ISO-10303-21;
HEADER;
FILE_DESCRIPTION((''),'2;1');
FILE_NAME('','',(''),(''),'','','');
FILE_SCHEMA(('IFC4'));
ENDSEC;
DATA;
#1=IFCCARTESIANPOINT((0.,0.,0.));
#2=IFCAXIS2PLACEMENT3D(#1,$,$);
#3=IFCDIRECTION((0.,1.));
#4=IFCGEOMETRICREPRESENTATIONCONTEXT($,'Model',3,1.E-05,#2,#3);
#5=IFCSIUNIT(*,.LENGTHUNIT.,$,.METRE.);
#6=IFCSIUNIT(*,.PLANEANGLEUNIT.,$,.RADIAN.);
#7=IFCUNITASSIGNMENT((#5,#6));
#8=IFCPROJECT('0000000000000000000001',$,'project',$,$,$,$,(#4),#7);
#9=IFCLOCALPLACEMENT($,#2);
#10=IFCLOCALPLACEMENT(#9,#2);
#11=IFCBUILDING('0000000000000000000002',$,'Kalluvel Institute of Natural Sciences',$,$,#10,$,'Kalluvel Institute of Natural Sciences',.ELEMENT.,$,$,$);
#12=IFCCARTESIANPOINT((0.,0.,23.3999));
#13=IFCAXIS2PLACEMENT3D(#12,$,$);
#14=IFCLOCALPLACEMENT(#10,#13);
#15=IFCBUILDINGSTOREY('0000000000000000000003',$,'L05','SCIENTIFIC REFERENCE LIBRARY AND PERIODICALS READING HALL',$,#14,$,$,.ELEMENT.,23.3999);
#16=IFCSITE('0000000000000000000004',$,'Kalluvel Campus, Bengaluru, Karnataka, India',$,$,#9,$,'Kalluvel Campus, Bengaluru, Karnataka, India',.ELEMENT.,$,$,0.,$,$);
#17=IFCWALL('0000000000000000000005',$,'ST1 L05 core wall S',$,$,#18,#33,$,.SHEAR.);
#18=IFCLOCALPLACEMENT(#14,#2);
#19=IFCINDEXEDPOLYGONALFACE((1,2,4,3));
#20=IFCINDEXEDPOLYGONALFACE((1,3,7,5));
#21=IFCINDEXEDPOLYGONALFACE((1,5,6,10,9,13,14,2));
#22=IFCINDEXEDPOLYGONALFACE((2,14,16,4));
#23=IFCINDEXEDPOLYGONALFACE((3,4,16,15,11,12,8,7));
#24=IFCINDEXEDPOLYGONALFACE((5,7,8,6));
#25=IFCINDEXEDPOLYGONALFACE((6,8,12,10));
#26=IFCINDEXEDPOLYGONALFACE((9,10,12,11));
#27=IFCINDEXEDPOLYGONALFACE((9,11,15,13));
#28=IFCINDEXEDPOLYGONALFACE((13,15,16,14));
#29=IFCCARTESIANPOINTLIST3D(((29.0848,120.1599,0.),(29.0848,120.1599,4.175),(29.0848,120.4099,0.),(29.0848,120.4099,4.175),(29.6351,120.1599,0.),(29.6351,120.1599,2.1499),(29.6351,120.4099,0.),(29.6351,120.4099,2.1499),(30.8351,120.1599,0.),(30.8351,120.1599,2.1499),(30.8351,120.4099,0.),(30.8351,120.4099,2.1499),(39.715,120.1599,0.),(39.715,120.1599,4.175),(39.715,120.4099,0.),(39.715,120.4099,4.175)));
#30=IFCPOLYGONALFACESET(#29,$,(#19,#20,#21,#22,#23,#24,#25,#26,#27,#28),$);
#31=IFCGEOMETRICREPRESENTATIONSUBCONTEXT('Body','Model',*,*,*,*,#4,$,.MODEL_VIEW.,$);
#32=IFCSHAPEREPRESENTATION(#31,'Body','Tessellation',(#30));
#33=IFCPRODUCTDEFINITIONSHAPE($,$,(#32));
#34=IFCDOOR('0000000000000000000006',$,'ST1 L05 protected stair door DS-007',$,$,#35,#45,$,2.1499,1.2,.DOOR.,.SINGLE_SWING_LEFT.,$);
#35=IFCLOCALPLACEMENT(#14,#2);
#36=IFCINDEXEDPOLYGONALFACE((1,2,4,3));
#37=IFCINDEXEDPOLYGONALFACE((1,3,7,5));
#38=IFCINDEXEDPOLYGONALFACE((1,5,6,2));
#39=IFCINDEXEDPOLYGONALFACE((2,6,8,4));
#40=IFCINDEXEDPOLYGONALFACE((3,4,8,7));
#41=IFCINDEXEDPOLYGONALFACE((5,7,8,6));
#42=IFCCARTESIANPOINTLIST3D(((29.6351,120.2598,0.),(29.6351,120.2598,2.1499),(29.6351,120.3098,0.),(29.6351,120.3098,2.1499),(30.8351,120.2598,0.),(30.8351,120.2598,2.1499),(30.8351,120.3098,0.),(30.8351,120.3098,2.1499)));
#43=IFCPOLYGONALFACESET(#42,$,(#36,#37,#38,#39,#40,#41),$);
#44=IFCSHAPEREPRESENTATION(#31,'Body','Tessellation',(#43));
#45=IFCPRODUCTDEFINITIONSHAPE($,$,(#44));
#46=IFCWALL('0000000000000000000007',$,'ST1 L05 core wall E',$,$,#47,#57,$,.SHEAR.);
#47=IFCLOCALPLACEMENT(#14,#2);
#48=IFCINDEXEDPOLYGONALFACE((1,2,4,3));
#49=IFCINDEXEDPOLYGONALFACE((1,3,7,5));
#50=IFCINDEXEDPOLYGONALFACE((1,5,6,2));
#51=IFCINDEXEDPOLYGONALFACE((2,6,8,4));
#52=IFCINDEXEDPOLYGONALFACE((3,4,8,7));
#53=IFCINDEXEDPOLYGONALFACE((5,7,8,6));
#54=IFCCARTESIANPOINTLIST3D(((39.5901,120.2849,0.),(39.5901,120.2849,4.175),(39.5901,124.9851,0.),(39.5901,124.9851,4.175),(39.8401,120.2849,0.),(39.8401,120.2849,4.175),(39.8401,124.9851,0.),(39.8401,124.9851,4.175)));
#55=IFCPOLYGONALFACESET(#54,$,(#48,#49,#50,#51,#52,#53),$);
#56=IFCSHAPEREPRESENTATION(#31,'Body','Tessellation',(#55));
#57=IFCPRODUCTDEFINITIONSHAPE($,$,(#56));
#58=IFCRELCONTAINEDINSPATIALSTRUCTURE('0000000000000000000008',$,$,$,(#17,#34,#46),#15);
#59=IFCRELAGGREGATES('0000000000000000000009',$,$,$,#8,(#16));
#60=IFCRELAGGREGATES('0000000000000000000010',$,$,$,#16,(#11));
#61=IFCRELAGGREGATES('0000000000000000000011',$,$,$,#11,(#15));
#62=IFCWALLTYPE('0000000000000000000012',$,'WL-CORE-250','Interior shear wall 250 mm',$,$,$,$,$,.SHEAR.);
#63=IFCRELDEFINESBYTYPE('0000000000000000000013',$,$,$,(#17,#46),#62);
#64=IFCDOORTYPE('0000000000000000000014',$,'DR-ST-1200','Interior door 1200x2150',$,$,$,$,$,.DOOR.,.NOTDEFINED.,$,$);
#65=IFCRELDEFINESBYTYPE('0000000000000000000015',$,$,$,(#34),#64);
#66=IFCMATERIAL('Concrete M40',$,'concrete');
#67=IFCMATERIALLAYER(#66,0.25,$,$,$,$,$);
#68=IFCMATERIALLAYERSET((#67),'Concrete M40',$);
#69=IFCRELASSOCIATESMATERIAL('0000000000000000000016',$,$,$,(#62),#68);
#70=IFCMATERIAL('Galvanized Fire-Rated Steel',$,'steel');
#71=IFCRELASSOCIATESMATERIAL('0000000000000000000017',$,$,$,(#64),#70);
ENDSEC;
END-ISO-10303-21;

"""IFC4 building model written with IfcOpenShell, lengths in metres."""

from ifc_helpers import new_model, si_unit, direction, frame, frame_2d, origin, place, context, subcontext, project, spatial, rectangle, extrude, material, layer, layer_set, type_object, element, fill, save


model = new_model("IFC4")

# Units and contexts
model_context = context("Model", 3, precision=1e-05, world=origin(), true_north=direction((0.0, 1.0)))
body_context = subcontext(model_context, "Body", "Model", "MODEL_VIEW")
ifc_project = project(units=[si_unit("LENGTHUNIT", "METRE"), si_unit("PLANEANGLEUNIT", "RADIAN")], contexts=[model_context])

# Site, building, storey
site_placement = place(None, origin())
site = spatial("IfcSite", under=ifc_project, at=site_placement, Name="Kalluvel Campus, Bengaluru, Karnataka, India", LongName="Kalluvel Campus, Bengaluru, Karnataka, India", CompositionType="ELEMENT", RefElevation=0.0)
building_placement = place(site_placement, origin())
building = spatial("IfcBuilding", under=site, at=building_placement, Name="Kalluvel Institute of Natural Sciences", LongName="Kalluvel Institute of Natural Sciences", CompositionType="ELEMENT")
storey_placement = place(building_placement, frame((0.0, 0.0, 23.3999)))
storey = spatial("IfcBuildingStorey", under=building, at=storey_placement, Name="L05", Description="SCIENTIFIC REFERENCE LIBRARY AND PERIODICALS READING HALL", CompositionType="ELEMENT", Elevation=23.3999)

# Shared definitions
ifc_material_1 = material(Name="Concrete M40", Category="concrete")

# Wall, opening, door
ifc_layer_1 = layer(ifc_material_1, 0.25)
ifc_layer_set_1 = layer_set([ifc_layer_1], Name="Concrete M40")
wall_type_1 = type_object("IfcWallType", Name="WL-CORE-250", Description="Interior shear wall 250 mm", PredefinedType="SHEAR", material=ifc_layer_set_1)
wall_1_placement = place(storey_placement, frame((29.085, 120.2849, 0.0), z_axis=(0.0, 0.0, 1.0), x_axis=(1.0, 0.0, 0.0)))
wall_1 = element("IfcWall", 1, at=wall_1_placement, inside=storey, type_object=wall_type_1, Name="ST1 L05 core wall S", PredefinedType="SHEAR", context=body_context, shape_type="SweptSolid", body=[
    extrude(rectangle(XDim=10.6301, YDim=0.25, at=frame_2d((5.3149, 0.0))), origin(), (0.0, 0.0, 1.0), 4.175),
])
opening_1_placement = place(wall_1_placement, frame((0.55, 0.0, 0.0)))
opening_1 = element("IfcOpeningElement", 2, at=opening_1_placement, cuts=wall_1, PredefinedType="OPENING", context=body_context, shape_type="SweptSolid", body=[
    extrude(rectangle(XDim=1.2, YDim=2.1499, at=frame_2d((0.6001, 1.075))), frame((0.0, 0.135, 0.0), z_axis=(0.0, -1.0, 0.0), x_axis=(1.0, 0.0, 0.0)), (0.0, 0.0, 1.0), 0.27),
])
ifc_material_2 = material(Name="Galvanized Fire-Rated Steel", Category="steel")
door_type_1 = type_object("IfcDoorType", Name="DR-ST-1200", Description="Interior door 1200x2150", OperationType="NOTDEFINED", PredefinedType="DOOR", material=ifc_material_2)
door_1_placement = place(opening_1_placement, origin())
door_1 = element("IfcDoor", 3, at=door_1_placement, inside=storey, type_object=door_type_1, Name="ST1 L05 protected stair door DS-007", OperationType="SINGLE_SWING_LEFT", OverallHeight=2.1499, OverallWidth=1.2, PredefinedType="DOOR", context=body_context, shape_type="SweptSolid", body=[
    extrude(rectangle(XDim=1.2, YDim=2.1499, at=frame_2d((0.6001, 1.075))), frame((0.0, 0.0249, 0.0), z_axis=(0.0, -1.0, 0.0), x_axis=(1.0, 0.0, 0.0)), (0.0, 0.0, 1.0), 0.05),
])
fill(opening_1, door_1)

# Wall
wall_2_placement = place(storey_placement, frame((39.7151, 120.2849, 0.0), z_axis=(0.0, 0.0, 1.0), x_axis=(0.0, 1.0, 0.0)))
element("IfcWall", 4, at=wall_2_placement, inside=storey, type_object=wall_type_1, Name="ST1 L05 core wall E", PredefinedType="SHEAR", context=body_context, shape_type="SweptSolid", body=[
    extrude(rectangle(XDim=4.7002, YDim=0.25, at=frame_2d((2.3501, 0.0))), origin(), (0.0, 0.0, 1.0), 4.175),
])

save(model, "model.ifc")
